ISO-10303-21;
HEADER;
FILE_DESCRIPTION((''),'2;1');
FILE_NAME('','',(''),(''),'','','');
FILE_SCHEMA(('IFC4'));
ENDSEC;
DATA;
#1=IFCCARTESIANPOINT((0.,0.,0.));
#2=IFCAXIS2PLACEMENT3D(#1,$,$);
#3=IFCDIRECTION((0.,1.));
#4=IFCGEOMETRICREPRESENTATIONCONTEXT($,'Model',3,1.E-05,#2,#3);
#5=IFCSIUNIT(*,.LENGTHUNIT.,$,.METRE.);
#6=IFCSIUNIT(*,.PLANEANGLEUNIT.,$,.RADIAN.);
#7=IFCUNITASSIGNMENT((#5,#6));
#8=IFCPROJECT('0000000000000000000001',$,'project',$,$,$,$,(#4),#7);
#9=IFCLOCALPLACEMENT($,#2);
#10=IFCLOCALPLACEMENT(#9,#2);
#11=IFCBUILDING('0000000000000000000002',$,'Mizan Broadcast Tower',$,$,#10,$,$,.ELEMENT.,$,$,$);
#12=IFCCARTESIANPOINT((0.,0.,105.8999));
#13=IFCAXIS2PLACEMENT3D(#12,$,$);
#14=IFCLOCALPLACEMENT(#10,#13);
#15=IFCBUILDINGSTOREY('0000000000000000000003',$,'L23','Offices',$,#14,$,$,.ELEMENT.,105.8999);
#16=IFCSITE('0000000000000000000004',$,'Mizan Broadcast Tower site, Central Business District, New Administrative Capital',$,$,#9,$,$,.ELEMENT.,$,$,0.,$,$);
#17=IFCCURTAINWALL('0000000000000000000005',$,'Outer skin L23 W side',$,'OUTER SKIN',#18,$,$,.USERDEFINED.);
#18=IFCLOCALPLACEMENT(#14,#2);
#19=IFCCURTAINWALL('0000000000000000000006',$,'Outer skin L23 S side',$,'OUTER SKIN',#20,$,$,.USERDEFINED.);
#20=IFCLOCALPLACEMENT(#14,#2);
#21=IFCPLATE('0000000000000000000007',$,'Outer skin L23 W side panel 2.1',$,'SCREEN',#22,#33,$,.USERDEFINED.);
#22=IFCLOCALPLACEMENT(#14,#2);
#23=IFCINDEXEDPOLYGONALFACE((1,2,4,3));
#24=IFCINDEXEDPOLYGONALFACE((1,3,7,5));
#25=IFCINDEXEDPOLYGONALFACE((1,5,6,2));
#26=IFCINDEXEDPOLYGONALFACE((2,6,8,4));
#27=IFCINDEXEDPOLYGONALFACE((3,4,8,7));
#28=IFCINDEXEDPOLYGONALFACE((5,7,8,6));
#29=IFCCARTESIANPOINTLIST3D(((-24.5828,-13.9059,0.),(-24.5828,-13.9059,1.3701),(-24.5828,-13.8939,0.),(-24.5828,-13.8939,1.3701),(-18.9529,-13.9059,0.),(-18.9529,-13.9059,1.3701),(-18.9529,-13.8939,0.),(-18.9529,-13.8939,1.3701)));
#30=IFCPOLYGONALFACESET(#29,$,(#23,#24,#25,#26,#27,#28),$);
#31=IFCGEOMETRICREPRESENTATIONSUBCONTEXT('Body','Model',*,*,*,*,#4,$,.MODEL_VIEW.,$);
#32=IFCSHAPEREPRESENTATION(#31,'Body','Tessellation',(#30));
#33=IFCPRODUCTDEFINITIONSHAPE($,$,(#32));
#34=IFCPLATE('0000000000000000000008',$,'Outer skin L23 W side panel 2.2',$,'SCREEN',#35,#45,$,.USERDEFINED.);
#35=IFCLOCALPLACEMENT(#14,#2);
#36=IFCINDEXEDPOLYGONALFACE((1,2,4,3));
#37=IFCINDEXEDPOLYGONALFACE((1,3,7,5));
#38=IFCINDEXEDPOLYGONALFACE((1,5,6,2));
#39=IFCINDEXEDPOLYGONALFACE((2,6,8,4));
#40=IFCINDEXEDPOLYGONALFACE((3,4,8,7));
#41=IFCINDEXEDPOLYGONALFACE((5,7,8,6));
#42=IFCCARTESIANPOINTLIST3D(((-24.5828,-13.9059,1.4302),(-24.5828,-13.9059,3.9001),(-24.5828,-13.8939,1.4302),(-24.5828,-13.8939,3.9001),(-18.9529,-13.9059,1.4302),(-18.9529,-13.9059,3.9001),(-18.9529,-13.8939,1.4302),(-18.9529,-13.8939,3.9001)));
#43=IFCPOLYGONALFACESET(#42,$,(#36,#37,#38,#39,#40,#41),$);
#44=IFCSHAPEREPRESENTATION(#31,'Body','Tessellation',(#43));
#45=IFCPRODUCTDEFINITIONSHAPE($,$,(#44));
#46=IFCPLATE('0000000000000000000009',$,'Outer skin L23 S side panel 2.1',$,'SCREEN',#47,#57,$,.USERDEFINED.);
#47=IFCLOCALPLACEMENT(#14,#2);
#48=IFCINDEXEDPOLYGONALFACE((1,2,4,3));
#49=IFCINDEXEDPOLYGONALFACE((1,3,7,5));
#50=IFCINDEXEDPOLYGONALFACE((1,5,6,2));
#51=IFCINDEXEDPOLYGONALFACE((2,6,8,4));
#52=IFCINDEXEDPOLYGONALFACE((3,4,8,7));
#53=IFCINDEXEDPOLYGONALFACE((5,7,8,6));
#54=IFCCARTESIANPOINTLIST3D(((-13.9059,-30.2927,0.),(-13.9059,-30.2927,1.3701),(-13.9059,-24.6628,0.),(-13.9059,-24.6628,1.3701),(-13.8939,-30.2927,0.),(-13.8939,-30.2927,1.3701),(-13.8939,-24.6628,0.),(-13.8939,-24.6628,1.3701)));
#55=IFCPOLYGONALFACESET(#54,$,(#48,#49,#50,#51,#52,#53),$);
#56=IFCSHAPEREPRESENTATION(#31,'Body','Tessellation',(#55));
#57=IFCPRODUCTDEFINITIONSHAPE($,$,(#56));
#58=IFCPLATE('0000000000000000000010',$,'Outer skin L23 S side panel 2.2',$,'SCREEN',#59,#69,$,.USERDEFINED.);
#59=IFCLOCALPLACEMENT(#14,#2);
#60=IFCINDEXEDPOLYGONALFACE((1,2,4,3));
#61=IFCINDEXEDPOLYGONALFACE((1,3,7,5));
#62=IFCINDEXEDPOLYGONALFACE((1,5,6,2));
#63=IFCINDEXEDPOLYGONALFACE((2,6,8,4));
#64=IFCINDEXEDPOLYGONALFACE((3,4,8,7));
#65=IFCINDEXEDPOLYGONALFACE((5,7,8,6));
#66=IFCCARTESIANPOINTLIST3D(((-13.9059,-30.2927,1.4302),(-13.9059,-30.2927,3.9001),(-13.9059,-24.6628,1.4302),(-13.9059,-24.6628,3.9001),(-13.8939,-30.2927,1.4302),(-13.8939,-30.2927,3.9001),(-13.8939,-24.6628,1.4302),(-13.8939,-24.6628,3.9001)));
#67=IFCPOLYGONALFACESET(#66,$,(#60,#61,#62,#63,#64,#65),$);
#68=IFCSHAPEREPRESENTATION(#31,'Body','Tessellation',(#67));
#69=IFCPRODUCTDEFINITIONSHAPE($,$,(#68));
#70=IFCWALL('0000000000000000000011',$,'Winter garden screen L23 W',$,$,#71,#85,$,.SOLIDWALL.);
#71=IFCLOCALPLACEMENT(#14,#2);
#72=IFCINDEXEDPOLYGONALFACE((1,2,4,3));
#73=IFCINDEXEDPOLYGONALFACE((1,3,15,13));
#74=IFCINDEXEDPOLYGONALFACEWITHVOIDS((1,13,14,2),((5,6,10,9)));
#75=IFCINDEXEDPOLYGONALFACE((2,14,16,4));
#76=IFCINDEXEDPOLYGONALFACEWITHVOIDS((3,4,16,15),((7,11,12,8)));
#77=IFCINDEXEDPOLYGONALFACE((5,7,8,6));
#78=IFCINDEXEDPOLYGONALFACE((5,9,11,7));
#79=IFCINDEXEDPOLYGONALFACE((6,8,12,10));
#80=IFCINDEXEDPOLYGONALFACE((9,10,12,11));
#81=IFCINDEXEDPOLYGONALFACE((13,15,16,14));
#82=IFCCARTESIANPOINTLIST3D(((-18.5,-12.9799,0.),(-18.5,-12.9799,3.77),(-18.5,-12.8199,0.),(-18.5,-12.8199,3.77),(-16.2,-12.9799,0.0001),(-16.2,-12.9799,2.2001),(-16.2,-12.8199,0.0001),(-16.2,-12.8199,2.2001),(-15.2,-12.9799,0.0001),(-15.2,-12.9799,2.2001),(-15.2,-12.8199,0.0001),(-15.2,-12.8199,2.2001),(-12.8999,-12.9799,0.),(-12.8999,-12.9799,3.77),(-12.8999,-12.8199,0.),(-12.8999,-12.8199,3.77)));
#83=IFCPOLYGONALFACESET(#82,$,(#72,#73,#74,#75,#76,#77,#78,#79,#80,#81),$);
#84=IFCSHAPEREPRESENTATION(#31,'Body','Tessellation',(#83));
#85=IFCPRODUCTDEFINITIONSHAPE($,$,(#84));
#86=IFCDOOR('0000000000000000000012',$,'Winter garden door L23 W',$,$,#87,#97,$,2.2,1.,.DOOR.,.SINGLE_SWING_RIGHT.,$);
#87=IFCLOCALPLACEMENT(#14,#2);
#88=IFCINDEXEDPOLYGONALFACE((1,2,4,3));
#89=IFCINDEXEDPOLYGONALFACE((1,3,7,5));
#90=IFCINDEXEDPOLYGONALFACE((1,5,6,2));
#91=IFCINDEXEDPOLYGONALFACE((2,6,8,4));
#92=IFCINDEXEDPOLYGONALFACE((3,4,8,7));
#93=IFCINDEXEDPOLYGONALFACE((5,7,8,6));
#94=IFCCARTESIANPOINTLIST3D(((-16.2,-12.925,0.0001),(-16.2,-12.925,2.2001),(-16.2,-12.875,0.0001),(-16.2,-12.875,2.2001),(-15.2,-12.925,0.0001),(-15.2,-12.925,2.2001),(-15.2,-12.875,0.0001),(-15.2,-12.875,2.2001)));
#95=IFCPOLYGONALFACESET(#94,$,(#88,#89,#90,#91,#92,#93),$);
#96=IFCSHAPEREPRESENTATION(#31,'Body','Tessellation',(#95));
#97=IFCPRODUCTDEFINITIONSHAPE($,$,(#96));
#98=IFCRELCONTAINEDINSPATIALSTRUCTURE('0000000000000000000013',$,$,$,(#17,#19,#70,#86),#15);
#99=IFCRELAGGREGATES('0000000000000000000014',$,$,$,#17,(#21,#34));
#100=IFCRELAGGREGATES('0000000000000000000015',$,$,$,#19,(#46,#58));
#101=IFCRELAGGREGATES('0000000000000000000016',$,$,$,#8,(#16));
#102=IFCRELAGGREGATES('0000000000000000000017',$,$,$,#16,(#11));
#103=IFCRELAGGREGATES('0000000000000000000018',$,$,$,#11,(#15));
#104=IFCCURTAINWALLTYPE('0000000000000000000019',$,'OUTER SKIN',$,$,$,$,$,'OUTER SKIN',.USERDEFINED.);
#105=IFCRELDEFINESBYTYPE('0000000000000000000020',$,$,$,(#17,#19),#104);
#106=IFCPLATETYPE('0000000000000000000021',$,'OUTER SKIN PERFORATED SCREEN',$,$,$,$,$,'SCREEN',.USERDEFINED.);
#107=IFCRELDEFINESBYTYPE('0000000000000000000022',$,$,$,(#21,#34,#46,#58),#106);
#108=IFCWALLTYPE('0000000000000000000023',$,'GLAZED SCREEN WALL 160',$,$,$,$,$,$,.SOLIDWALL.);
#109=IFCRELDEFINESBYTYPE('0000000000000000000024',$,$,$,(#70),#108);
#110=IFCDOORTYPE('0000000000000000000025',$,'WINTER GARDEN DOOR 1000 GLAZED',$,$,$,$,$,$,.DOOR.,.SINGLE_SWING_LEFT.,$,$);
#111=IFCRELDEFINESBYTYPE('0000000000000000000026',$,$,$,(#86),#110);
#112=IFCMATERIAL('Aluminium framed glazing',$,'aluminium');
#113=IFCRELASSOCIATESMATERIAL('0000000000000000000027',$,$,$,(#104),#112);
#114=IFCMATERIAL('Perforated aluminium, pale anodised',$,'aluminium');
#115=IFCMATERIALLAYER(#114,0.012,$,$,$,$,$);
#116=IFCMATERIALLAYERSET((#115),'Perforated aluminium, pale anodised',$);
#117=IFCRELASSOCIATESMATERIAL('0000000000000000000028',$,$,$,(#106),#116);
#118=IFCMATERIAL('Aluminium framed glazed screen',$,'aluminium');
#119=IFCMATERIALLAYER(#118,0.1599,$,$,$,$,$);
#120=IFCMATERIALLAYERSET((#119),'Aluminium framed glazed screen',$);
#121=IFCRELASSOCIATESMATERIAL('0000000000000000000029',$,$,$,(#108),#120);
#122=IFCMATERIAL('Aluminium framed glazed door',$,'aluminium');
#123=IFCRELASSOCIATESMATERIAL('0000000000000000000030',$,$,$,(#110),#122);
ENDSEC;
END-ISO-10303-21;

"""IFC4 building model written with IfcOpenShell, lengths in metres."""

from ifc_helpers import new_model, si_unit, direction, frame, frame_2d, origin, origin_2d, place, context, subcontext, project, spatial, rectangle, extrude, material, layer, layer_set, type_object, element, fill, aggregate, save


model = new_model("IFC4")

# Units and contexts
model_context = context("Model", 3, precision=1e-05, world=origin(), true_north=direction((0.0, 1.0)))
body_context = subcontext(model_context, "Body", "Model", "MODEL_VIEW")
ifc_project = project(units=[si_unit("LENGTHUNIT", "METRE"), si_unit("PLANEANGLEUNIT", "RADIAN")], contexts=[model_context])

# Site, building, storey
site_placement = place(None, origin())
site = spatial("IfcSite", under=ifc_project, at=site_placement, Name="Mizan Broadcast Tower site, Central Business District, New Administrative Capital", CompositionType="ELEMENT", RefElevation=0.0)
building_placement = place(site_placement, origin())
building = spatial("IfcBuilding", under=site, at=building_placement, Name="Mizan Broadcast Tower", CompositionType="ELEMENT")
storey_placement = place(building_placement, frame((0.0, 0.0, 105.8999)))
storey = spatial("IfcBuildingStorey", under=building, at=storey_placement, Name="L23", Description="Offices", CompositionType="ELEMENT", Elevation=105.8999)

# Shared definitions
ifc_material_1 = material(Name="Aluminium framed glazing", Category="aluminium")
curtain_wall_type_1 = type_object("IfcCurtainWallType", Name="OUTER SKIN", ElementType="OUTER SKIN", PredefinedType="USERDEFINED", material=ifc_material_1)

# Curtain wall
curtain_wall_1_placement = place(storey_placement, origin())
curtain_wall_1 = element("IfcCurtainWall", 1, at=curtain_wall_1_placement, inside=storey, type_object=curtain_wall_type_1, Name="Outer skin L23 W side", ObjectType="OUTER SKIN", PredefinedType="USERDEFINED")

# Curtain wall
curtain_wall_2_placement = place(storey_placement, origin())
curtain_wall_2 = element("IfcCurtainWall", 2, at=curtain_wall_2_placement, inside=storey, type_object=curtain_wall_type_1, Name="Outer skin L23 S side", ObjectType="OUTER SKIN", PredefinedType="USERDEFINED")

# Plates
ifc_material_2 = material(Name="Perforated aluminium, pale anodised", Category="aluminium")
ifc_layer_1 = layer(ifc_material_2, 0.012)
ifc_layer_set_1 = layer_set([ifc_layer_1], Name="Perforated aluminium, pale anodised")
plate_type_1 = type_object("IfcPlateType", Name="OUTER SKIN PERFORATED SCREEN", ElementType="SCREEN", PredefinedType="USERDEFINED", material=ifc_layer_set_1)
plate_1_placement = place(storey_placement, frame((-21.7678, -13.8999, 0.0), z_axis=(0.0, 0.0, 1.0), x_axis=(1.0, 0.0, 0.0)))
plate_1 = element("IfcPlate", 3, at=plate_1_placement, type_object=plate_type_1, Name="Outer skin L23 W side panel 2.1", ObjectType="SCREEN", PredefinedType="USERDEFINED", context=body_context, shape_type="SweptSolid", body=[
    extrude(rectangle(XDim=5.6299, YDim=0.012, at=origin_2d()), origin(), (0.0, 0.0, 1.0), 1.3701),
])
plate_2_placement = place(storey_placement, frame((-21.7678, -13.8999, 1.4302), z_axis=(0.0, 0.0, 1.0), x_axis=(1.0, 0.0, 0.0)))
plate_2 = element("IfcPlate", 4, at=plate_2_placement, type_object=plate_type_1, Name="Outer skin L23 W side panel 2.2", ObjectType="SCREEN", PredefinedType="USERDEFINED", context=body_context, shape_type="SweptSolid", body=[
    extrude(rectangle(XDim=5.6299, YDim=0.012, at=origin_2d()), origin(), (0.0, 0.0, 1.0), 2.47),
])
aggregate(curtain_wall_1, [plate_1, plate_2])
plate_3_placement = place(storey_placement, frame((-13.8999, -27.4778, 0.0), z_axis=(0.0, 0.0, 1.0), x_axis=(0.0, -1.0, 0.0)))
plate_3 = element("IfcPlate", 5, at=plate_3_placement, type_object=plate_type_1, Name="Outer skin L23 S side panel 2.1", ObjectType="SCREEN", PredefinedType="USERDEFINED", context=body_context, shape_type="SweptSolid", body=[
    extrude(rectangle(XDim=5.6299, YDim=0.012, at=origin_2d()), origin(), (0.0, 0.0, 1.0), 1.3701),
])
plate_4_placement = place(storey_placement, frame((-13.8999, -27.4778, 1.4302), z_axis=(0.0, 0.0, 1.0), x_axis=(0.0, -1.0, 0.0)))
plate_4 = element("IfcPlate", 6, at=plate_4_placement, type_object=plate_type_1, Name="Outer skin L23 S side panel 2.2", ObjectType="SCREEN", PredefinedType="USERDEFINED", context=body_context, shape_type="SweptSolid", body=[
    extrude(rectangle(XDim=5.6299, YDim=0.012, at=origin_2d()), origin(), (0.0, 0.0, 1.0), 2.47),
])
aggregate(curtain_wall_2, [plate_3, plate_4])

# Wall, opening, door
ifc_material_3 = material(Name="Aluminium framed glazed screen", Category="aluminium")
ifc_layer_2 = layer(ifc_material_3, 0.1599)
ifc_layer_set_2 = layer_set([ifc_layer_2], Name="Aluminium framed glazed screen")
wall_type = type_object("IfcWallType", Name="GLAZED SCREEN WALL 160", PredefinedType="SOLIDWALL", material=ifc_layer_set_2)
wall_placement = place(storey_placement, frame((-18.5, -12.8999, 0.0), z_axis=(0.0, 0.0, 1.0), x_axis=(1.0, 0.0, 0.0)))
wall = element("IfcWall", 7, at=wall_placement, inside=storey, type_object=wall_type, Name="Winter garden screen L23 W", PredefinedType="SOLIDWALL", context=body_context, shape_type="SweptSolid", body=[
    extrude(rectangle(XDim=5.6001, YDim=0.1599, at=frame_2d((2.8, 0.0))), origin(), (0.0, 0.0, 1.0), 3.77),
])
opening_placement = place(wall_placement, frame((2.3, 0.0, 0.0)))
opening = element("IfcOpeningElement", 8, at=opening_placement, cuts=wall, PredefinedType="OPENING", context=body_context, shape_type="SweptSolid", body=[
    extrude(rectangle(XDim=1.0, YDim=2.2, at=frame_2d((0.5, 1.1001))), frame((0.0, 0.0898, 0.0), z_axis=(0.0, -1.0, 0.0), x_axis=(1.0, 0.0, 0.0)), (0.0, 0.0, 1.0), 0.1799),
])
ifc_material_4 = material(Name="Aluminium framed glazed door", Category="aluminium")
door_type = type_object("IfcDoorType", Name="WINTER GARDEN DOOR 1000 GLAZED", OperationType="SINGLE_SWING_LEFT", PredefinedType="DOOR", material=ifc_material_4)
door_placement = place(opening_placement, origin())
door = element("IfcDoor", 9, at=door_placement, inside=storey, type_object=door_type, Name="Winter garden door L23 W", OperationType="SINGLE_SWING_RIGHT", OverallHeight=2.2, OverallWidth=1.0, PredefinedType="DOOR", context=body_context, shape_type="SweptSolid", body=[
    extrude(rectangle(XDim=1.0, YDim=2.2, at=frame_2d((0.5, 1.1001))), frame((0.0, 0.0249, 0.0), z_axis=(0.0, -1.0, 0.0), x_axis=(1.0, 0.0, 0.0)), (0.0, 0.0, 1.0), 0.05),
])
fill(opening, door)

save(model, "model.ifc")
